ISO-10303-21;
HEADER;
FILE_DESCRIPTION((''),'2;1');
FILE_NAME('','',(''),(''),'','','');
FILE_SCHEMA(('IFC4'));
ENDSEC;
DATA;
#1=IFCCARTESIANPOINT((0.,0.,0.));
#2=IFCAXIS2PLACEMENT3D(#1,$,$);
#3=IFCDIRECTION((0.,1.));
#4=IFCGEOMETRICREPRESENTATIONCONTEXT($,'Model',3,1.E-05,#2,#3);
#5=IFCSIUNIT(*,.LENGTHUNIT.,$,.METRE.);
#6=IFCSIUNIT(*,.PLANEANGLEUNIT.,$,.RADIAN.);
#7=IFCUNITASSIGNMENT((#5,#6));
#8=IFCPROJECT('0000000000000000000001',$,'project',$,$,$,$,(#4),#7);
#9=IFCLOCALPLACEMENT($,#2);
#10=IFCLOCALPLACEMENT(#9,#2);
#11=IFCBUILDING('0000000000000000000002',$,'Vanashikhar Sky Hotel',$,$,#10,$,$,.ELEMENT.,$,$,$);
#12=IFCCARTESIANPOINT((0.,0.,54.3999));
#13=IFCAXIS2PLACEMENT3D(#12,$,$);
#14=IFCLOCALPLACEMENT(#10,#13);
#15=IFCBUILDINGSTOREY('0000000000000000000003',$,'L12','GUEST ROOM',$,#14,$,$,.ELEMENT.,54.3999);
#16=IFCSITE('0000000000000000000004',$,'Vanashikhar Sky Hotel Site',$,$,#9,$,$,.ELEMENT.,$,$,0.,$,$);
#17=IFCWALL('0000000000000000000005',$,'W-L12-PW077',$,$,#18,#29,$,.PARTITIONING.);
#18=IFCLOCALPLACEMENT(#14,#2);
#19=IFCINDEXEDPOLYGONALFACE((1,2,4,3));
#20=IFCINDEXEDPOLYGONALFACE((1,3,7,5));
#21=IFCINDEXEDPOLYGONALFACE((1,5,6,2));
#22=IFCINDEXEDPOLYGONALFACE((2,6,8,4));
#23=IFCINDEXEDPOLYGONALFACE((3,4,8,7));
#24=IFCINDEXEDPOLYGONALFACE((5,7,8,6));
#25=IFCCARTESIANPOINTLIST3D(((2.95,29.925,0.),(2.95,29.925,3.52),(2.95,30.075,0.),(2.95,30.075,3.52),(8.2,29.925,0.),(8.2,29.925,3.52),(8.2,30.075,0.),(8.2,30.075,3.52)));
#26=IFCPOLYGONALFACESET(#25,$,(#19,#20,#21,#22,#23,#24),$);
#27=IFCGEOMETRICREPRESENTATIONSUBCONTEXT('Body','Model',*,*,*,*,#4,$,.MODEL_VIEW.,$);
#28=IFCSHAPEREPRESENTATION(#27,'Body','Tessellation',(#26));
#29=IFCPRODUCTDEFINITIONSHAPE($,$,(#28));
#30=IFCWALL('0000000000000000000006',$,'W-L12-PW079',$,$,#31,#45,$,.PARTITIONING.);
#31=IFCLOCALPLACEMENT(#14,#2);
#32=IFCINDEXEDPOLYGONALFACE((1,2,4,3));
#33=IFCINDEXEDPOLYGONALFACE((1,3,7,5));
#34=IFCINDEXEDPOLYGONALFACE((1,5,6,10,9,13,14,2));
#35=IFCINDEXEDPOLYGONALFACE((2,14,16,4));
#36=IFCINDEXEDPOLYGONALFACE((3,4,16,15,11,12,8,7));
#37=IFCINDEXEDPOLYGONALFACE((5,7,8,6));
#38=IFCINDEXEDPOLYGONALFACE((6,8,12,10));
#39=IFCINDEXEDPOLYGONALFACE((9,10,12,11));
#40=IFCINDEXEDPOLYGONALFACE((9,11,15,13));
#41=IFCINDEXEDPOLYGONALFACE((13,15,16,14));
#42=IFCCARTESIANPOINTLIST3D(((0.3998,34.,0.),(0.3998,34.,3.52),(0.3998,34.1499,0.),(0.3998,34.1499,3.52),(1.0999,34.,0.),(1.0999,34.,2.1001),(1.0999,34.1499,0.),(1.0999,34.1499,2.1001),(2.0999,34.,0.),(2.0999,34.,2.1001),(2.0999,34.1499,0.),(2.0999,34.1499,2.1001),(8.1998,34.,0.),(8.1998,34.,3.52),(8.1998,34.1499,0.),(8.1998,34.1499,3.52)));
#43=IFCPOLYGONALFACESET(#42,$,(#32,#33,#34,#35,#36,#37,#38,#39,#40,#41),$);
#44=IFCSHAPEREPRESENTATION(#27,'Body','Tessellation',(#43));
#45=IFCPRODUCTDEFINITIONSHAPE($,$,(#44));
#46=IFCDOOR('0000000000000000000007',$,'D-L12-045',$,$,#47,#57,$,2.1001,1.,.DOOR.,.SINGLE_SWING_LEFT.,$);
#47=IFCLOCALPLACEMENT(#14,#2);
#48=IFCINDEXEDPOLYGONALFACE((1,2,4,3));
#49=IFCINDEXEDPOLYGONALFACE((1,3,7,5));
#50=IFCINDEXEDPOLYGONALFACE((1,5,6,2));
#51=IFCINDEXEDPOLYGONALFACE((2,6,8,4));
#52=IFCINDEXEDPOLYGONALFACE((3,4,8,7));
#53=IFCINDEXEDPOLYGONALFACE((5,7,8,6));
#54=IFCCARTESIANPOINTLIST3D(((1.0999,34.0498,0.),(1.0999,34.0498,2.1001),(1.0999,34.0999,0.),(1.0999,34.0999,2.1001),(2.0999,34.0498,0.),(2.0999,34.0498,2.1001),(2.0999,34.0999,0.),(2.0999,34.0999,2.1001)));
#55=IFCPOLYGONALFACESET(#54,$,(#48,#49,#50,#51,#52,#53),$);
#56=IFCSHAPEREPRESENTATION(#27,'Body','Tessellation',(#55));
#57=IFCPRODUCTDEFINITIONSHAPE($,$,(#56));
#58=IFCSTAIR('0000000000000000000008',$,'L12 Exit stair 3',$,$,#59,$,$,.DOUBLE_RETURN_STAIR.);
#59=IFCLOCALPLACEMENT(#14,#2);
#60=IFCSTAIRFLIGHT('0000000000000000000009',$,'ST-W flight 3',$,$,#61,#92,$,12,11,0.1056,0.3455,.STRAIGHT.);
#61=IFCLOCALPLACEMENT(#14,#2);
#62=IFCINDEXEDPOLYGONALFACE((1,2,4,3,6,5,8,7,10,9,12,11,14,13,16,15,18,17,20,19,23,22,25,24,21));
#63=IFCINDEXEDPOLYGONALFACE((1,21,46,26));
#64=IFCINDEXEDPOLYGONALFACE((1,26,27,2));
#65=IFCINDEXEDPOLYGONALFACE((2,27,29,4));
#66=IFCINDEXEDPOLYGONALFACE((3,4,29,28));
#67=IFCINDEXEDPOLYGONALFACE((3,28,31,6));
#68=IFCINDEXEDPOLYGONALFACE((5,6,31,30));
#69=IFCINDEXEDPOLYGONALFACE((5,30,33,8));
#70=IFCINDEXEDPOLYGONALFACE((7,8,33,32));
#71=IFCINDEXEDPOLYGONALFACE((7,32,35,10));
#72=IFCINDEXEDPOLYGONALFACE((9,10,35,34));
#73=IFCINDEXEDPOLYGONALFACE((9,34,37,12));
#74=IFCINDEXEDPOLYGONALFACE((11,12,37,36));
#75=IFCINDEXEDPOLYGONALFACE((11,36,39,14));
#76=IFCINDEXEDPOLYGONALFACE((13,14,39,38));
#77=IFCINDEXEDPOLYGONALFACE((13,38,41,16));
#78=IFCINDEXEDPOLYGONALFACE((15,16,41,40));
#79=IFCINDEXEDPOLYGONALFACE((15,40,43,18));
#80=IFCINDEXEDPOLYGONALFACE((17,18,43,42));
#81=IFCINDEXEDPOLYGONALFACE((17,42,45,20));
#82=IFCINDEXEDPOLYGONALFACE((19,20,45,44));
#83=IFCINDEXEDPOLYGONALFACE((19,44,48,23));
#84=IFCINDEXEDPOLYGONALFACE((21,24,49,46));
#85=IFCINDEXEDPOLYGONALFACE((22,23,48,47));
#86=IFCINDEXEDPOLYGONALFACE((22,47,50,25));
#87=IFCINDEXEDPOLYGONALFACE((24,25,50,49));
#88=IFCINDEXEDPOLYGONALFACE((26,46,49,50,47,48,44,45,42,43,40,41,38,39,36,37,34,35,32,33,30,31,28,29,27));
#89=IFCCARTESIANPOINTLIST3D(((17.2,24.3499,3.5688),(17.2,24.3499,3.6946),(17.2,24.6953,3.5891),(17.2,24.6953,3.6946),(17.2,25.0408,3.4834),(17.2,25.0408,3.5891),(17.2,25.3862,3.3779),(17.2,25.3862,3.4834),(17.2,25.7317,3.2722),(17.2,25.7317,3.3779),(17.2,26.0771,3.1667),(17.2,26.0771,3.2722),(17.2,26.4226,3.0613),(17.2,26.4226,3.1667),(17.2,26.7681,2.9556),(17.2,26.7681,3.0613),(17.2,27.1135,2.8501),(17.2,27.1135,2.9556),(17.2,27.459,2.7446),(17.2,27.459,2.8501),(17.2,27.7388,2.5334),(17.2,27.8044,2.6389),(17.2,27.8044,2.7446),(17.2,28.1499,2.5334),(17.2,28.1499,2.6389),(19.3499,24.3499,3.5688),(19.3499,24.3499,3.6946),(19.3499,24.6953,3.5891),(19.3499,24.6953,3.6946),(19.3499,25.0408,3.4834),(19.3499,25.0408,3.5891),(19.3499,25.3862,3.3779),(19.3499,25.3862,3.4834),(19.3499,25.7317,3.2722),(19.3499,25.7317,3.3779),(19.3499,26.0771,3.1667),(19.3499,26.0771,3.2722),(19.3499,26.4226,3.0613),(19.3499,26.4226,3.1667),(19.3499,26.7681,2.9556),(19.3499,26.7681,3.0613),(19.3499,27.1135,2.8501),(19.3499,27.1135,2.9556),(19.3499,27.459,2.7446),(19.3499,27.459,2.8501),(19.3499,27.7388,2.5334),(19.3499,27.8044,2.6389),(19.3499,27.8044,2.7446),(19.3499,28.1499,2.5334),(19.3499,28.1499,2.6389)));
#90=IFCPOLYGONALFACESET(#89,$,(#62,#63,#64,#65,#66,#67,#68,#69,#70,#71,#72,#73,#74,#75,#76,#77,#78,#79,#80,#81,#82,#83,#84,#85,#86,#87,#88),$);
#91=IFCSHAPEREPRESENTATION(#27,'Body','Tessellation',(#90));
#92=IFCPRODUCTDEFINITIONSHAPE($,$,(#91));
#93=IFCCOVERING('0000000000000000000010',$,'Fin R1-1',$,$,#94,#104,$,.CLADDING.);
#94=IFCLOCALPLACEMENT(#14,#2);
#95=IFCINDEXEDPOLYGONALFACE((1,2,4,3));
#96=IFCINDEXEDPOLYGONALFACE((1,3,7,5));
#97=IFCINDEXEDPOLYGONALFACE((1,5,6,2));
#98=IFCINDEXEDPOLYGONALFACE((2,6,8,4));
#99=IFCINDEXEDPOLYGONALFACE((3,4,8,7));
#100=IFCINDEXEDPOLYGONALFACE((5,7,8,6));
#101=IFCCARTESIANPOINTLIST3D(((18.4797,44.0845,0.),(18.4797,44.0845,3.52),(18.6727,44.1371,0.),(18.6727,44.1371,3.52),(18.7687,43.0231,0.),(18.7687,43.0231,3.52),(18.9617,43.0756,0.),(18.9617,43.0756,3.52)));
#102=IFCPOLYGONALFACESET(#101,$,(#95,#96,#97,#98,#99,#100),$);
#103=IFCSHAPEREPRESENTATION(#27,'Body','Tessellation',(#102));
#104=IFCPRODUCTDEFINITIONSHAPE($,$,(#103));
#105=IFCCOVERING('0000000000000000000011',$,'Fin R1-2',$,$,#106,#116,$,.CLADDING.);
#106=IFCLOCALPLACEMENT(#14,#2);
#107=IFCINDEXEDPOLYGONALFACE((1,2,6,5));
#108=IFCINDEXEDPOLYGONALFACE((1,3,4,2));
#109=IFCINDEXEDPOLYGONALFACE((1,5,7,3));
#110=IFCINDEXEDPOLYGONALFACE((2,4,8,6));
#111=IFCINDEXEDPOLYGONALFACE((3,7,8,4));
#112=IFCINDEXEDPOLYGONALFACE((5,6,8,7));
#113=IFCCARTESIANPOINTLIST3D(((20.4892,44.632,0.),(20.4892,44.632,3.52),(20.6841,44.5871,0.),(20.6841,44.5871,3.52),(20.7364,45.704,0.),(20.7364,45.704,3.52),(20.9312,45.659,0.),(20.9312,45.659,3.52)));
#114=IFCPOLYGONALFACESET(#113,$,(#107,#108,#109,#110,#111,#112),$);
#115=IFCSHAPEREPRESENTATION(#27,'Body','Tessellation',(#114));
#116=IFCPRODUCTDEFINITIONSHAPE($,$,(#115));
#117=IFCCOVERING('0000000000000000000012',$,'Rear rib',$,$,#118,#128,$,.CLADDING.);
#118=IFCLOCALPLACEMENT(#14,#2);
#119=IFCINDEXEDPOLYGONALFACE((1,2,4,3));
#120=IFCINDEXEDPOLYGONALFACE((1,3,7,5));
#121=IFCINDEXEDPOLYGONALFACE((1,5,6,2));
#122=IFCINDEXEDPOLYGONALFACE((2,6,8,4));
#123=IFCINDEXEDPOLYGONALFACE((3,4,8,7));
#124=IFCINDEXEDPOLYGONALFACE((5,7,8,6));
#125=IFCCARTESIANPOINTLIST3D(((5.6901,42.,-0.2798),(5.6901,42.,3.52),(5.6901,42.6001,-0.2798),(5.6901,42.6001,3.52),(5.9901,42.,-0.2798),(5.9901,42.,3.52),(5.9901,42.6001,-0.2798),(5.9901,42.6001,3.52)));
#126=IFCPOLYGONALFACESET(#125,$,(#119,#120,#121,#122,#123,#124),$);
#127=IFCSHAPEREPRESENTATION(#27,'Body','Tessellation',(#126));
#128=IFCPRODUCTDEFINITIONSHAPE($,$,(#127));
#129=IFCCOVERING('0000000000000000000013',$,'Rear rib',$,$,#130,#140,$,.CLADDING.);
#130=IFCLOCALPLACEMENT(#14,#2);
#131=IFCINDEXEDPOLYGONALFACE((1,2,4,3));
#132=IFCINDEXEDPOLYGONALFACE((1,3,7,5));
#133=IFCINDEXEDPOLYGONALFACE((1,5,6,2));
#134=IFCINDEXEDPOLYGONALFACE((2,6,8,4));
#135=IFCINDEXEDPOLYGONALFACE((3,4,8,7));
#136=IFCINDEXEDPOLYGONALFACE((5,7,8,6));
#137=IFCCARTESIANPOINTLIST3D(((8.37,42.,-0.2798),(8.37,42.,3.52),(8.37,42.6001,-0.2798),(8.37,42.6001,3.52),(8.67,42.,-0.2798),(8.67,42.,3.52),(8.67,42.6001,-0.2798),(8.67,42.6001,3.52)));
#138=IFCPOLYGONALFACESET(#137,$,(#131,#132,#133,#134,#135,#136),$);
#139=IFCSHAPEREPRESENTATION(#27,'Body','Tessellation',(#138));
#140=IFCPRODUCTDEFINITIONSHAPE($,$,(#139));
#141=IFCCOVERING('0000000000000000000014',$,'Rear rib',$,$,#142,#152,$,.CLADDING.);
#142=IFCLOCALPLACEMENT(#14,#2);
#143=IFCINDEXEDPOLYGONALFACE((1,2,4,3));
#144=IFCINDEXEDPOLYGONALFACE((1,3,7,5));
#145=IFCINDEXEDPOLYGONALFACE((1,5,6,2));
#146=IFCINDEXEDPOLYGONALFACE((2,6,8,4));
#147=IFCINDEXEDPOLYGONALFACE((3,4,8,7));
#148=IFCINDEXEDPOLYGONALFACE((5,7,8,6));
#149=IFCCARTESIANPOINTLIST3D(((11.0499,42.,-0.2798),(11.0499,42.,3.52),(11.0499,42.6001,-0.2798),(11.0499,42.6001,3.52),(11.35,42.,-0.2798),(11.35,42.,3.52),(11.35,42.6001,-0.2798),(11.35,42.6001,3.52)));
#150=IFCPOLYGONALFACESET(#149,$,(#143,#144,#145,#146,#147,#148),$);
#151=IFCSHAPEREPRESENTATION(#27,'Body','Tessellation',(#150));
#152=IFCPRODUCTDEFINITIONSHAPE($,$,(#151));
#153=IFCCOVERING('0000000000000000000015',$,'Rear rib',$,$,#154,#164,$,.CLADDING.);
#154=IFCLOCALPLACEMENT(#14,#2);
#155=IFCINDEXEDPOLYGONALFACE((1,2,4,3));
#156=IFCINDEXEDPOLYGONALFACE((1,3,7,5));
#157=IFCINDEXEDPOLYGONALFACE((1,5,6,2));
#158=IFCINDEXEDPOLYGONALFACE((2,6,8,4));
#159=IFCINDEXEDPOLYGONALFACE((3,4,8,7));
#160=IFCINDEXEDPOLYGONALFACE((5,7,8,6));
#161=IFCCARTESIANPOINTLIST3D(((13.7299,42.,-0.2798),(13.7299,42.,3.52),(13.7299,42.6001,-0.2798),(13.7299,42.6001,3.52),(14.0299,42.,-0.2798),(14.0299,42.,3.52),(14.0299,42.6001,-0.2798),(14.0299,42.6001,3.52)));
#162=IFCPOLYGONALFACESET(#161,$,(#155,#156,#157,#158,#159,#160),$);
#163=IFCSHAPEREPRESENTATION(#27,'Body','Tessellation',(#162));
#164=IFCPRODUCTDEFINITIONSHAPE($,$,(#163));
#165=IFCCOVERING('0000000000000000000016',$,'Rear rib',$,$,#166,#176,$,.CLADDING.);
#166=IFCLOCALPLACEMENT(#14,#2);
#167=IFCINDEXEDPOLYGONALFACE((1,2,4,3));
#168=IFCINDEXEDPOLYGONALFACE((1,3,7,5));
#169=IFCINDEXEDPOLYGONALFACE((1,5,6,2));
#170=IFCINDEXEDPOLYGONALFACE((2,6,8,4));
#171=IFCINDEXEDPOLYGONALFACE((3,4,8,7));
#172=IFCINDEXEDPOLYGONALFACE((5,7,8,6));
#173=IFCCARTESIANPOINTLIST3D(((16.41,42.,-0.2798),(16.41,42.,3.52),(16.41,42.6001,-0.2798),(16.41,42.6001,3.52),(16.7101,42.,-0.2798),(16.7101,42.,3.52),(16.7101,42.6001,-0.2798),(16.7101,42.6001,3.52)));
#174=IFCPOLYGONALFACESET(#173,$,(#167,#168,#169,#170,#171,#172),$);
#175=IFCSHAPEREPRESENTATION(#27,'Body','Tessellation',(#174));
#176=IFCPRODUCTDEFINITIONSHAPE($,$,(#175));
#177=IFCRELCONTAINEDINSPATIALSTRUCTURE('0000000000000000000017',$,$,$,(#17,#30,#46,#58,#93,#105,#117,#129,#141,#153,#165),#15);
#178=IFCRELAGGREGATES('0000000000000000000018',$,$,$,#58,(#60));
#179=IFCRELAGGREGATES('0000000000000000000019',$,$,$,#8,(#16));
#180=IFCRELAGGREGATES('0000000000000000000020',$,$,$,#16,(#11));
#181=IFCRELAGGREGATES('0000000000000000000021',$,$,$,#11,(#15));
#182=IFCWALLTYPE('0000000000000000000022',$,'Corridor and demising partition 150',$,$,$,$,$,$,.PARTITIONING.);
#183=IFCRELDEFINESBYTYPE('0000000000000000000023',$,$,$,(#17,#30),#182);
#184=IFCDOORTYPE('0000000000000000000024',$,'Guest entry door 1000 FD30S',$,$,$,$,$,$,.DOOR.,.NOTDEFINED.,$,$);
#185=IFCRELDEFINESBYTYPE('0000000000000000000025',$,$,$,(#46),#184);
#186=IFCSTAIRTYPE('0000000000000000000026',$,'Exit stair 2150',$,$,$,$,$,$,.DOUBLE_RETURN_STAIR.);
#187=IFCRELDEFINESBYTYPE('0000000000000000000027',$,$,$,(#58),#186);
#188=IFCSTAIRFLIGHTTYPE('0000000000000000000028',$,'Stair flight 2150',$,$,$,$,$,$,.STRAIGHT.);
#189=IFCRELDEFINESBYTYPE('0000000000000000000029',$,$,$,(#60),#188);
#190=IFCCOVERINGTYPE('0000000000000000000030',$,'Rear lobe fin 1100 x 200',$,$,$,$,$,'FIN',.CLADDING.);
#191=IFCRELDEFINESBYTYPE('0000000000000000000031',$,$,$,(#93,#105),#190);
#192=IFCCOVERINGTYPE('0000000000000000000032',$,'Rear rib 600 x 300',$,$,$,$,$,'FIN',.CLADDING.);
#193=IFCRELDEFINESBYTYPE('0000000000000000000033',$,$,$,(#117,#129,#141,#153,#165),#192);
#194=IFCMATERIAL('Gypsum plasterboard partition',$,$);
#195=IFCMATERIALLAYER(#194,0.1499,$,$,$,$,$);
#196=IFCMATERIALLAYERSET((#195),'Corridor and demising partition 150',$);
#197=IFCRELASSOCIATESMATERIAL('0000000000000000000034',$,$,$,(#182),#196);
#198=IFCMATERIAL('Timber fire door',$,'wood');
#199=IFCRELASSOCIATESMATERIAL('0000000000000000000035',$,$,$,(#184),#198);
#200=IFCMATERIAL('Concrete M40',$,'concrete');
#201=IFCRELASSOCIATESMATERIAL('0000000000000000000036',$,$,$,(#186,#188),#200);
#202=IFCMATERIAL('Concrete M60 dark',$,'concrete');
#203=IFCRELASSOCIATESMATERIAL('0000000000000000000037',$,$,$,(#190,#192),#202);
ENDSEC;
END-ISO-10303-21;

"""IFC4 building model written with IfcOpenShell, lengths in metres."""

from ifc_helpers import new_model, si_unit, direction, frame, frame_2d, origin, origin_2d, place, context, subcontext, project, spatial, polyline, rectangle, outline, extrude, source, transform, mapped, material, layer, layer_set, material_profile, profile_set, type_object, element, fill, aggregate, save


model = new_model("IFC4")

# Units and contexts
model_context = context("Model", 3, precision=1e-05, world=origin(), true_north=direction((0.0, 1.0)))
body_context = subcontext(model_context, "Body", "Model", "MODEL_VIEW")
ifc_project = project(units=[si_unit("LENGTHUNIT", "METRE"), si_unit("PLANEANGLEUNIT", "RADIAN")], contexts=[model_context])

# Site, building, storey
site_placement = place(None, origin())
site = spatial("IfcSite", under=ifc_project, at=site_placement, Name="Vanashikhar Sky Hotel Site", CompositionType="ELEMENT", RefElevation=0.0)
building_placement = place(site_placement, origin())
building = spatial("IfcBuilding", under=site, at=building_placement, Name="Vanashikhar Sky Hotel", CompositionType="ELEMENT")
storey_placement = place(building_placement, frame((0.0, 0.0, 54.3999)))
storey = spatial("IfcBuildingStorey", under=building, at=storey_placement, Name="L12", Description="GUEST ROOM", CompositionType="ELEMENT", Elevation=54.3999)

# Shared definitions
shared_shape_1 = source(origin(), body_context, "Body", "SweptSolid", [
    extrude(rectangle(XDim=1.0, YDim=2.1001, at=frame_2d((0.5, 1.05))), frame((0.0, 0.0249, 0.0), z_axis=(0.0, -1.0, 0.0), x_axis=(1.0, 0.0, 0.0)), (0.0, 0.0, 1.0), 0.05),
])
ifc_material_1 = material(Name="Gypsum plasterboard partition")
ifc_layer_1 = layer(ifc_material_1, 0.1499)
ifc_layer_set_1 = layer_set([ifc_layer_1], Name="Corridor and demising partition 150")
wall_type_1 = type_object("IfcWallType", Name="Corridor and demising partition 150", PredefinedType="PARTITIONING", material=ifc_layer_set_1)
shared_shape_2 = source(origin(), body_context, "Body", "SweptSolid", [
    extrude(rectangle(XDim=1.0, YDim=2.1001, at=frame_2d((0.5, 1.05))), frame((0.0, 0.085, 0.0), z_axis=(0.0, -1.0, 0.0), x_axis=(1.0, 0.0, 0.0)), (0.0, 0.0, 1.0), 0.1699),
])
ifc_material_2 = material(Name="Timber fire door", Category="wood")
door_type_1 = type_object("IfcDoorType", Name="Guest entry door 1000 FD30S", OperationType="NOTDEFINED", PredefinedType="DOOR", material=ifc_material_2)

# Wall
shared_shape_3 = source(origin(), body_context, "Body", "SweptSolid", [
    extrude(rectangle(XDim=5.25, YDim=0.1499, at=frame_2d((2.625, 0.0))), origin(), (0.0, 0.0, 1.0), 3.52),
])
wall_1_placement = place(storey_placement, frame((2.95, 30.0, 0.0), z_axis=(0.0, 0.0, 1.0), x_axis=(1.0, 0.0, 0.0)))
element("IfcWall", 1, at=wall_1_placement, inside=storey, type_object=wall_type_1, Name="W-L12-PW077", PredefinedType="PARTITIONING", context=body_context, shape_type="MappedRepresentation", body=[
    mapped(shared_shape_3, transform((0.0, 0.0, 0.0), scale=1.0)),
])

# Wall, opening, door
shared_shape_4 = source(origin(), body_context, "Body", "SweptSolid", [
    extrude(rectangle(XDim=7.8, YDim=0.1499, at=frame_2d((3.8999, 0.0))), origin(), (0.0, 0.0, 1.0), 3.52),
])
wall_2_placement = place(storey_placement, frame((0.3999, 34.075, 0.0), z_axis=(0.0, 0.0, 1.0), x_axis=(1.0, 0.0, 0.0)))
wall_2 = element("IfcWall", 2, at=wall_2_placement, inside=storey, type_object=wall_type_1, Name="W-L12-PW079", PredefinedType="PARTITIONING", context=body_context, shape_type="MappedRepresentation", body=[
    mapped(shared_shape_4, transform((0.0, 0.0, 0.0), scale=1.0)),
])
opening_1_placement = place(wall_2_placement, frame((0.7, 0.0, 0.0)))
opening_1 = element("IfcOpeningElement", 3, at=opening_1_placement, cuts=wall_2, PredefinedType="OPENING", context=body_context, shape_type="MappedRepresentation", body=[
    mapped(shared_shape_2, transform((0.0, 0.0, 0.0), scale=1.0)),
])
door_1_placement = place(opening_1_placement, origin())
door_1 = element("IfcDoor", 4, at=door_1_placement, inside=storey, type_object=door_type_1, Name="D-L12-045", OperationType="SINGLE_SWING_LEFT", OverallHeight=2.1001, OverallWidth=1.0, PredefinedType="DOOR", context=body_context, shape_type="MappedRepresentation", body=[
    mapped(shared_shape_1, transform((0.0, 0.0, 0.0), scale=1.0)),
])
fill(opening_1, door_1)

# Stair, stair flight
ifc_material_3 = material(Name="Concrete M40", Category="concrete")
stair_type = type_object("IfcStairType", Name="Exit stair 2150", PredefinedType="DOUBLE_RETURN_STAIR", material=ifc_material_3)
stair_placement = place(storey_placement, origin())
stair = element("IfcStair", 5, at=stair_placement, inside=storey, type_object=stair_type, Name="L12 Exit stair 3", PredefinedType="DOUBLE_RETURN_STAIR")
stair_flight_type = type_object("IfcStairFlightType", Name="Stair flight 2150", PredefinedType="STRAIGHT", material=ifc_material_3)
shared_shape_5 = source(origin(), body_context, "Body", "SweptSolid", [
    extrude(outline(polyline([(0.0, 0.0), (0.0, 0.1055), (0.3455, 0.1055), (0.3455, 0.2112), (0.6909, 0.2112), (0.6909, 0.3167), (1.0364, 0.3167), (1.0364, 0.4221), (1.3818, 0.4221), (1.3818, 0.5278), (1.7273, 0.5278), (1.7273, 0.6333), (2.0728, 0.6333), (2.0728, 0.7388), (2.4182, 0.7388), (2.4182, 0.8445), (2.7637, 0.8445), (2.7637, 0.95), (3.1091, 0.95), (3.1091, 1.0557), (3.4546, 1.0557), (3.4546, 1.1611), (3.8, 1.1611), (3.8, 1.2666), (3.8, 1.0354), (0.4111, 0.0), (0.0, 0.0)])), frame((0.0, 1.075, 0.0), z_axis=(0.0, -1.0, 0.0), x_axis=(1.0, 0.0, 0.0)), (0.0, 0.0, 1.0), 2.1499),
])
stair_flight_placement = place(storey_placement, frame((18.2749, 28.1499, 2.5334), z_axis=(0.0, 0.0, 1.0), x_axis=(0.0, -1.0, 0.0)))
stair_flight = element("IfcStairFlight", 6, at=stair_flight_placement, type_object=stair_flight_type, Name="ST-W flight 3", NumberOfRisers=12, NumberOfTreads=11, PredefinedType="STRAIGHT", RiserHeight=0.1056, TreadLength=0.3455, context=body_context, shape_type="MappedRepresentation", body=[
    mapped(shared_shape_5, transform((0.0, 0.0, 0.0), scale=1.0)),
])
aggregate(stair, [stair_flight])

# Coverings
ifc_material_4 = material(Name="Concrete M60 dark", Category="concrete")
ifc_material_profile_1 = material_profile(ifc_material_4, rectangle(XDim=1.1001, YDim=0.2, at=origin_2d()))
ifc_profile_set_1 = profile_set([ifc_material_profile_1], Name="Rear lobe fin 1100 x 200")
covering_type_1 = type_object("IfcCoveringType", Name="Rear lobe fin 1100 x 200", ElementType="FIN", PredefinedType="CLADDING", material=ifc_profile_set_1)
shared_shape_6 = source(origin(), body_context, "Body", "SweptSolid", [
    extrude(rectangle(XDim=1.1001, YDim=0.2, at=origin_2d()), origin(), (0.0, 0.0, 1.0), 3.52),
])
for number, where, z_axis, x_axis, name in (
    (7, (18.7207, 43.5801, 0.0), (0.0, 0.0, 1.0), (-0.262711, 0.964874, 0.0), "Fin R1-1"),
    (8, (20.7102, 45.1455, 0.0), (0.0, 0.0, 1.0), (0.224645, 0.974441, 0.0), "Fin R1-2"),
):
    element("IfcCovering", number, at=place(storey_placement, frame(where, z_axis=z_axis, x_axis=x_axis)), inside=storey, type_object=covering_type_1, Name=name, PredefinedType="CLADDING", context=body_context, shape_type="MappedRepresentation", body=[
        mapped(shared_shape_6, transform((0.0, 0.0, 0.0), scale=1.0)),
    ])
ifc_material_profile_2 = material_profile(ifc_material_4, rectangle(XDim=0.6001, YDim=0.3, at=origin_2d()))
ifc_profile_set_2 = profile_set([ifc_material_profile_2], Name="Rear rib 600 x 300")
covering_type_2 = type_object("IfcCoveringType", Name="Rear rib 600 x 300", ElementType="FIN", PredefinedType="CLADDING", material=ifc_profile_set_2)
shared_shape_7 = source(origin(), body_context, "Body", "SweptSolid", [
    extrude(rectangle(XDim=0.6001, YDim=0.3, at=origin_2d()), origin(), (0.0, 0.0, 1.0), 3.7998),
])
for number, where, z_axis, x_axis, name in (
    (9, (5.8401, 42.3, -0.2798), (0.0, 0.0, 1.0), (0.0, 1.0, 0.0), "Rear rib"),
    (10, (8.52, 42.3, -0.2798), (0.0, 0.0, 1.0), (0.0, 1.0, 0.0), "Rear rib"),
    (11, (11.2, 42.3, -0.2798), (0.0, 0.0, 1.0), (0.0, 1.0, 0.0), "Rear rib"),
    (12, (13.8799, 42.3, -0.2798), (0.0, 0.0, 1.0), (0.0, 1.0, 0.0), "Rear rib"),
    (13, (16.5601, 42.3, -0.2798), (0.0, 0.0, 1.0), (0.0, 1.0, 0.0), "Rear rib"),
):
    element("IfcCovering", number, at=place(storey_placement, frame(where, z_axis=z_axis, x_axis=x_axis)), inside=storey, type_object=covering_type_2, Name=name, PredefinedType="CLADDING", context=body_context, shape_type="MappedRepresentation", body=[
        mapped(shared_shape_7, transform((0.0, 0.0, 0.0), scale=1.0)),
    ])

save(model, "model.ifc")
